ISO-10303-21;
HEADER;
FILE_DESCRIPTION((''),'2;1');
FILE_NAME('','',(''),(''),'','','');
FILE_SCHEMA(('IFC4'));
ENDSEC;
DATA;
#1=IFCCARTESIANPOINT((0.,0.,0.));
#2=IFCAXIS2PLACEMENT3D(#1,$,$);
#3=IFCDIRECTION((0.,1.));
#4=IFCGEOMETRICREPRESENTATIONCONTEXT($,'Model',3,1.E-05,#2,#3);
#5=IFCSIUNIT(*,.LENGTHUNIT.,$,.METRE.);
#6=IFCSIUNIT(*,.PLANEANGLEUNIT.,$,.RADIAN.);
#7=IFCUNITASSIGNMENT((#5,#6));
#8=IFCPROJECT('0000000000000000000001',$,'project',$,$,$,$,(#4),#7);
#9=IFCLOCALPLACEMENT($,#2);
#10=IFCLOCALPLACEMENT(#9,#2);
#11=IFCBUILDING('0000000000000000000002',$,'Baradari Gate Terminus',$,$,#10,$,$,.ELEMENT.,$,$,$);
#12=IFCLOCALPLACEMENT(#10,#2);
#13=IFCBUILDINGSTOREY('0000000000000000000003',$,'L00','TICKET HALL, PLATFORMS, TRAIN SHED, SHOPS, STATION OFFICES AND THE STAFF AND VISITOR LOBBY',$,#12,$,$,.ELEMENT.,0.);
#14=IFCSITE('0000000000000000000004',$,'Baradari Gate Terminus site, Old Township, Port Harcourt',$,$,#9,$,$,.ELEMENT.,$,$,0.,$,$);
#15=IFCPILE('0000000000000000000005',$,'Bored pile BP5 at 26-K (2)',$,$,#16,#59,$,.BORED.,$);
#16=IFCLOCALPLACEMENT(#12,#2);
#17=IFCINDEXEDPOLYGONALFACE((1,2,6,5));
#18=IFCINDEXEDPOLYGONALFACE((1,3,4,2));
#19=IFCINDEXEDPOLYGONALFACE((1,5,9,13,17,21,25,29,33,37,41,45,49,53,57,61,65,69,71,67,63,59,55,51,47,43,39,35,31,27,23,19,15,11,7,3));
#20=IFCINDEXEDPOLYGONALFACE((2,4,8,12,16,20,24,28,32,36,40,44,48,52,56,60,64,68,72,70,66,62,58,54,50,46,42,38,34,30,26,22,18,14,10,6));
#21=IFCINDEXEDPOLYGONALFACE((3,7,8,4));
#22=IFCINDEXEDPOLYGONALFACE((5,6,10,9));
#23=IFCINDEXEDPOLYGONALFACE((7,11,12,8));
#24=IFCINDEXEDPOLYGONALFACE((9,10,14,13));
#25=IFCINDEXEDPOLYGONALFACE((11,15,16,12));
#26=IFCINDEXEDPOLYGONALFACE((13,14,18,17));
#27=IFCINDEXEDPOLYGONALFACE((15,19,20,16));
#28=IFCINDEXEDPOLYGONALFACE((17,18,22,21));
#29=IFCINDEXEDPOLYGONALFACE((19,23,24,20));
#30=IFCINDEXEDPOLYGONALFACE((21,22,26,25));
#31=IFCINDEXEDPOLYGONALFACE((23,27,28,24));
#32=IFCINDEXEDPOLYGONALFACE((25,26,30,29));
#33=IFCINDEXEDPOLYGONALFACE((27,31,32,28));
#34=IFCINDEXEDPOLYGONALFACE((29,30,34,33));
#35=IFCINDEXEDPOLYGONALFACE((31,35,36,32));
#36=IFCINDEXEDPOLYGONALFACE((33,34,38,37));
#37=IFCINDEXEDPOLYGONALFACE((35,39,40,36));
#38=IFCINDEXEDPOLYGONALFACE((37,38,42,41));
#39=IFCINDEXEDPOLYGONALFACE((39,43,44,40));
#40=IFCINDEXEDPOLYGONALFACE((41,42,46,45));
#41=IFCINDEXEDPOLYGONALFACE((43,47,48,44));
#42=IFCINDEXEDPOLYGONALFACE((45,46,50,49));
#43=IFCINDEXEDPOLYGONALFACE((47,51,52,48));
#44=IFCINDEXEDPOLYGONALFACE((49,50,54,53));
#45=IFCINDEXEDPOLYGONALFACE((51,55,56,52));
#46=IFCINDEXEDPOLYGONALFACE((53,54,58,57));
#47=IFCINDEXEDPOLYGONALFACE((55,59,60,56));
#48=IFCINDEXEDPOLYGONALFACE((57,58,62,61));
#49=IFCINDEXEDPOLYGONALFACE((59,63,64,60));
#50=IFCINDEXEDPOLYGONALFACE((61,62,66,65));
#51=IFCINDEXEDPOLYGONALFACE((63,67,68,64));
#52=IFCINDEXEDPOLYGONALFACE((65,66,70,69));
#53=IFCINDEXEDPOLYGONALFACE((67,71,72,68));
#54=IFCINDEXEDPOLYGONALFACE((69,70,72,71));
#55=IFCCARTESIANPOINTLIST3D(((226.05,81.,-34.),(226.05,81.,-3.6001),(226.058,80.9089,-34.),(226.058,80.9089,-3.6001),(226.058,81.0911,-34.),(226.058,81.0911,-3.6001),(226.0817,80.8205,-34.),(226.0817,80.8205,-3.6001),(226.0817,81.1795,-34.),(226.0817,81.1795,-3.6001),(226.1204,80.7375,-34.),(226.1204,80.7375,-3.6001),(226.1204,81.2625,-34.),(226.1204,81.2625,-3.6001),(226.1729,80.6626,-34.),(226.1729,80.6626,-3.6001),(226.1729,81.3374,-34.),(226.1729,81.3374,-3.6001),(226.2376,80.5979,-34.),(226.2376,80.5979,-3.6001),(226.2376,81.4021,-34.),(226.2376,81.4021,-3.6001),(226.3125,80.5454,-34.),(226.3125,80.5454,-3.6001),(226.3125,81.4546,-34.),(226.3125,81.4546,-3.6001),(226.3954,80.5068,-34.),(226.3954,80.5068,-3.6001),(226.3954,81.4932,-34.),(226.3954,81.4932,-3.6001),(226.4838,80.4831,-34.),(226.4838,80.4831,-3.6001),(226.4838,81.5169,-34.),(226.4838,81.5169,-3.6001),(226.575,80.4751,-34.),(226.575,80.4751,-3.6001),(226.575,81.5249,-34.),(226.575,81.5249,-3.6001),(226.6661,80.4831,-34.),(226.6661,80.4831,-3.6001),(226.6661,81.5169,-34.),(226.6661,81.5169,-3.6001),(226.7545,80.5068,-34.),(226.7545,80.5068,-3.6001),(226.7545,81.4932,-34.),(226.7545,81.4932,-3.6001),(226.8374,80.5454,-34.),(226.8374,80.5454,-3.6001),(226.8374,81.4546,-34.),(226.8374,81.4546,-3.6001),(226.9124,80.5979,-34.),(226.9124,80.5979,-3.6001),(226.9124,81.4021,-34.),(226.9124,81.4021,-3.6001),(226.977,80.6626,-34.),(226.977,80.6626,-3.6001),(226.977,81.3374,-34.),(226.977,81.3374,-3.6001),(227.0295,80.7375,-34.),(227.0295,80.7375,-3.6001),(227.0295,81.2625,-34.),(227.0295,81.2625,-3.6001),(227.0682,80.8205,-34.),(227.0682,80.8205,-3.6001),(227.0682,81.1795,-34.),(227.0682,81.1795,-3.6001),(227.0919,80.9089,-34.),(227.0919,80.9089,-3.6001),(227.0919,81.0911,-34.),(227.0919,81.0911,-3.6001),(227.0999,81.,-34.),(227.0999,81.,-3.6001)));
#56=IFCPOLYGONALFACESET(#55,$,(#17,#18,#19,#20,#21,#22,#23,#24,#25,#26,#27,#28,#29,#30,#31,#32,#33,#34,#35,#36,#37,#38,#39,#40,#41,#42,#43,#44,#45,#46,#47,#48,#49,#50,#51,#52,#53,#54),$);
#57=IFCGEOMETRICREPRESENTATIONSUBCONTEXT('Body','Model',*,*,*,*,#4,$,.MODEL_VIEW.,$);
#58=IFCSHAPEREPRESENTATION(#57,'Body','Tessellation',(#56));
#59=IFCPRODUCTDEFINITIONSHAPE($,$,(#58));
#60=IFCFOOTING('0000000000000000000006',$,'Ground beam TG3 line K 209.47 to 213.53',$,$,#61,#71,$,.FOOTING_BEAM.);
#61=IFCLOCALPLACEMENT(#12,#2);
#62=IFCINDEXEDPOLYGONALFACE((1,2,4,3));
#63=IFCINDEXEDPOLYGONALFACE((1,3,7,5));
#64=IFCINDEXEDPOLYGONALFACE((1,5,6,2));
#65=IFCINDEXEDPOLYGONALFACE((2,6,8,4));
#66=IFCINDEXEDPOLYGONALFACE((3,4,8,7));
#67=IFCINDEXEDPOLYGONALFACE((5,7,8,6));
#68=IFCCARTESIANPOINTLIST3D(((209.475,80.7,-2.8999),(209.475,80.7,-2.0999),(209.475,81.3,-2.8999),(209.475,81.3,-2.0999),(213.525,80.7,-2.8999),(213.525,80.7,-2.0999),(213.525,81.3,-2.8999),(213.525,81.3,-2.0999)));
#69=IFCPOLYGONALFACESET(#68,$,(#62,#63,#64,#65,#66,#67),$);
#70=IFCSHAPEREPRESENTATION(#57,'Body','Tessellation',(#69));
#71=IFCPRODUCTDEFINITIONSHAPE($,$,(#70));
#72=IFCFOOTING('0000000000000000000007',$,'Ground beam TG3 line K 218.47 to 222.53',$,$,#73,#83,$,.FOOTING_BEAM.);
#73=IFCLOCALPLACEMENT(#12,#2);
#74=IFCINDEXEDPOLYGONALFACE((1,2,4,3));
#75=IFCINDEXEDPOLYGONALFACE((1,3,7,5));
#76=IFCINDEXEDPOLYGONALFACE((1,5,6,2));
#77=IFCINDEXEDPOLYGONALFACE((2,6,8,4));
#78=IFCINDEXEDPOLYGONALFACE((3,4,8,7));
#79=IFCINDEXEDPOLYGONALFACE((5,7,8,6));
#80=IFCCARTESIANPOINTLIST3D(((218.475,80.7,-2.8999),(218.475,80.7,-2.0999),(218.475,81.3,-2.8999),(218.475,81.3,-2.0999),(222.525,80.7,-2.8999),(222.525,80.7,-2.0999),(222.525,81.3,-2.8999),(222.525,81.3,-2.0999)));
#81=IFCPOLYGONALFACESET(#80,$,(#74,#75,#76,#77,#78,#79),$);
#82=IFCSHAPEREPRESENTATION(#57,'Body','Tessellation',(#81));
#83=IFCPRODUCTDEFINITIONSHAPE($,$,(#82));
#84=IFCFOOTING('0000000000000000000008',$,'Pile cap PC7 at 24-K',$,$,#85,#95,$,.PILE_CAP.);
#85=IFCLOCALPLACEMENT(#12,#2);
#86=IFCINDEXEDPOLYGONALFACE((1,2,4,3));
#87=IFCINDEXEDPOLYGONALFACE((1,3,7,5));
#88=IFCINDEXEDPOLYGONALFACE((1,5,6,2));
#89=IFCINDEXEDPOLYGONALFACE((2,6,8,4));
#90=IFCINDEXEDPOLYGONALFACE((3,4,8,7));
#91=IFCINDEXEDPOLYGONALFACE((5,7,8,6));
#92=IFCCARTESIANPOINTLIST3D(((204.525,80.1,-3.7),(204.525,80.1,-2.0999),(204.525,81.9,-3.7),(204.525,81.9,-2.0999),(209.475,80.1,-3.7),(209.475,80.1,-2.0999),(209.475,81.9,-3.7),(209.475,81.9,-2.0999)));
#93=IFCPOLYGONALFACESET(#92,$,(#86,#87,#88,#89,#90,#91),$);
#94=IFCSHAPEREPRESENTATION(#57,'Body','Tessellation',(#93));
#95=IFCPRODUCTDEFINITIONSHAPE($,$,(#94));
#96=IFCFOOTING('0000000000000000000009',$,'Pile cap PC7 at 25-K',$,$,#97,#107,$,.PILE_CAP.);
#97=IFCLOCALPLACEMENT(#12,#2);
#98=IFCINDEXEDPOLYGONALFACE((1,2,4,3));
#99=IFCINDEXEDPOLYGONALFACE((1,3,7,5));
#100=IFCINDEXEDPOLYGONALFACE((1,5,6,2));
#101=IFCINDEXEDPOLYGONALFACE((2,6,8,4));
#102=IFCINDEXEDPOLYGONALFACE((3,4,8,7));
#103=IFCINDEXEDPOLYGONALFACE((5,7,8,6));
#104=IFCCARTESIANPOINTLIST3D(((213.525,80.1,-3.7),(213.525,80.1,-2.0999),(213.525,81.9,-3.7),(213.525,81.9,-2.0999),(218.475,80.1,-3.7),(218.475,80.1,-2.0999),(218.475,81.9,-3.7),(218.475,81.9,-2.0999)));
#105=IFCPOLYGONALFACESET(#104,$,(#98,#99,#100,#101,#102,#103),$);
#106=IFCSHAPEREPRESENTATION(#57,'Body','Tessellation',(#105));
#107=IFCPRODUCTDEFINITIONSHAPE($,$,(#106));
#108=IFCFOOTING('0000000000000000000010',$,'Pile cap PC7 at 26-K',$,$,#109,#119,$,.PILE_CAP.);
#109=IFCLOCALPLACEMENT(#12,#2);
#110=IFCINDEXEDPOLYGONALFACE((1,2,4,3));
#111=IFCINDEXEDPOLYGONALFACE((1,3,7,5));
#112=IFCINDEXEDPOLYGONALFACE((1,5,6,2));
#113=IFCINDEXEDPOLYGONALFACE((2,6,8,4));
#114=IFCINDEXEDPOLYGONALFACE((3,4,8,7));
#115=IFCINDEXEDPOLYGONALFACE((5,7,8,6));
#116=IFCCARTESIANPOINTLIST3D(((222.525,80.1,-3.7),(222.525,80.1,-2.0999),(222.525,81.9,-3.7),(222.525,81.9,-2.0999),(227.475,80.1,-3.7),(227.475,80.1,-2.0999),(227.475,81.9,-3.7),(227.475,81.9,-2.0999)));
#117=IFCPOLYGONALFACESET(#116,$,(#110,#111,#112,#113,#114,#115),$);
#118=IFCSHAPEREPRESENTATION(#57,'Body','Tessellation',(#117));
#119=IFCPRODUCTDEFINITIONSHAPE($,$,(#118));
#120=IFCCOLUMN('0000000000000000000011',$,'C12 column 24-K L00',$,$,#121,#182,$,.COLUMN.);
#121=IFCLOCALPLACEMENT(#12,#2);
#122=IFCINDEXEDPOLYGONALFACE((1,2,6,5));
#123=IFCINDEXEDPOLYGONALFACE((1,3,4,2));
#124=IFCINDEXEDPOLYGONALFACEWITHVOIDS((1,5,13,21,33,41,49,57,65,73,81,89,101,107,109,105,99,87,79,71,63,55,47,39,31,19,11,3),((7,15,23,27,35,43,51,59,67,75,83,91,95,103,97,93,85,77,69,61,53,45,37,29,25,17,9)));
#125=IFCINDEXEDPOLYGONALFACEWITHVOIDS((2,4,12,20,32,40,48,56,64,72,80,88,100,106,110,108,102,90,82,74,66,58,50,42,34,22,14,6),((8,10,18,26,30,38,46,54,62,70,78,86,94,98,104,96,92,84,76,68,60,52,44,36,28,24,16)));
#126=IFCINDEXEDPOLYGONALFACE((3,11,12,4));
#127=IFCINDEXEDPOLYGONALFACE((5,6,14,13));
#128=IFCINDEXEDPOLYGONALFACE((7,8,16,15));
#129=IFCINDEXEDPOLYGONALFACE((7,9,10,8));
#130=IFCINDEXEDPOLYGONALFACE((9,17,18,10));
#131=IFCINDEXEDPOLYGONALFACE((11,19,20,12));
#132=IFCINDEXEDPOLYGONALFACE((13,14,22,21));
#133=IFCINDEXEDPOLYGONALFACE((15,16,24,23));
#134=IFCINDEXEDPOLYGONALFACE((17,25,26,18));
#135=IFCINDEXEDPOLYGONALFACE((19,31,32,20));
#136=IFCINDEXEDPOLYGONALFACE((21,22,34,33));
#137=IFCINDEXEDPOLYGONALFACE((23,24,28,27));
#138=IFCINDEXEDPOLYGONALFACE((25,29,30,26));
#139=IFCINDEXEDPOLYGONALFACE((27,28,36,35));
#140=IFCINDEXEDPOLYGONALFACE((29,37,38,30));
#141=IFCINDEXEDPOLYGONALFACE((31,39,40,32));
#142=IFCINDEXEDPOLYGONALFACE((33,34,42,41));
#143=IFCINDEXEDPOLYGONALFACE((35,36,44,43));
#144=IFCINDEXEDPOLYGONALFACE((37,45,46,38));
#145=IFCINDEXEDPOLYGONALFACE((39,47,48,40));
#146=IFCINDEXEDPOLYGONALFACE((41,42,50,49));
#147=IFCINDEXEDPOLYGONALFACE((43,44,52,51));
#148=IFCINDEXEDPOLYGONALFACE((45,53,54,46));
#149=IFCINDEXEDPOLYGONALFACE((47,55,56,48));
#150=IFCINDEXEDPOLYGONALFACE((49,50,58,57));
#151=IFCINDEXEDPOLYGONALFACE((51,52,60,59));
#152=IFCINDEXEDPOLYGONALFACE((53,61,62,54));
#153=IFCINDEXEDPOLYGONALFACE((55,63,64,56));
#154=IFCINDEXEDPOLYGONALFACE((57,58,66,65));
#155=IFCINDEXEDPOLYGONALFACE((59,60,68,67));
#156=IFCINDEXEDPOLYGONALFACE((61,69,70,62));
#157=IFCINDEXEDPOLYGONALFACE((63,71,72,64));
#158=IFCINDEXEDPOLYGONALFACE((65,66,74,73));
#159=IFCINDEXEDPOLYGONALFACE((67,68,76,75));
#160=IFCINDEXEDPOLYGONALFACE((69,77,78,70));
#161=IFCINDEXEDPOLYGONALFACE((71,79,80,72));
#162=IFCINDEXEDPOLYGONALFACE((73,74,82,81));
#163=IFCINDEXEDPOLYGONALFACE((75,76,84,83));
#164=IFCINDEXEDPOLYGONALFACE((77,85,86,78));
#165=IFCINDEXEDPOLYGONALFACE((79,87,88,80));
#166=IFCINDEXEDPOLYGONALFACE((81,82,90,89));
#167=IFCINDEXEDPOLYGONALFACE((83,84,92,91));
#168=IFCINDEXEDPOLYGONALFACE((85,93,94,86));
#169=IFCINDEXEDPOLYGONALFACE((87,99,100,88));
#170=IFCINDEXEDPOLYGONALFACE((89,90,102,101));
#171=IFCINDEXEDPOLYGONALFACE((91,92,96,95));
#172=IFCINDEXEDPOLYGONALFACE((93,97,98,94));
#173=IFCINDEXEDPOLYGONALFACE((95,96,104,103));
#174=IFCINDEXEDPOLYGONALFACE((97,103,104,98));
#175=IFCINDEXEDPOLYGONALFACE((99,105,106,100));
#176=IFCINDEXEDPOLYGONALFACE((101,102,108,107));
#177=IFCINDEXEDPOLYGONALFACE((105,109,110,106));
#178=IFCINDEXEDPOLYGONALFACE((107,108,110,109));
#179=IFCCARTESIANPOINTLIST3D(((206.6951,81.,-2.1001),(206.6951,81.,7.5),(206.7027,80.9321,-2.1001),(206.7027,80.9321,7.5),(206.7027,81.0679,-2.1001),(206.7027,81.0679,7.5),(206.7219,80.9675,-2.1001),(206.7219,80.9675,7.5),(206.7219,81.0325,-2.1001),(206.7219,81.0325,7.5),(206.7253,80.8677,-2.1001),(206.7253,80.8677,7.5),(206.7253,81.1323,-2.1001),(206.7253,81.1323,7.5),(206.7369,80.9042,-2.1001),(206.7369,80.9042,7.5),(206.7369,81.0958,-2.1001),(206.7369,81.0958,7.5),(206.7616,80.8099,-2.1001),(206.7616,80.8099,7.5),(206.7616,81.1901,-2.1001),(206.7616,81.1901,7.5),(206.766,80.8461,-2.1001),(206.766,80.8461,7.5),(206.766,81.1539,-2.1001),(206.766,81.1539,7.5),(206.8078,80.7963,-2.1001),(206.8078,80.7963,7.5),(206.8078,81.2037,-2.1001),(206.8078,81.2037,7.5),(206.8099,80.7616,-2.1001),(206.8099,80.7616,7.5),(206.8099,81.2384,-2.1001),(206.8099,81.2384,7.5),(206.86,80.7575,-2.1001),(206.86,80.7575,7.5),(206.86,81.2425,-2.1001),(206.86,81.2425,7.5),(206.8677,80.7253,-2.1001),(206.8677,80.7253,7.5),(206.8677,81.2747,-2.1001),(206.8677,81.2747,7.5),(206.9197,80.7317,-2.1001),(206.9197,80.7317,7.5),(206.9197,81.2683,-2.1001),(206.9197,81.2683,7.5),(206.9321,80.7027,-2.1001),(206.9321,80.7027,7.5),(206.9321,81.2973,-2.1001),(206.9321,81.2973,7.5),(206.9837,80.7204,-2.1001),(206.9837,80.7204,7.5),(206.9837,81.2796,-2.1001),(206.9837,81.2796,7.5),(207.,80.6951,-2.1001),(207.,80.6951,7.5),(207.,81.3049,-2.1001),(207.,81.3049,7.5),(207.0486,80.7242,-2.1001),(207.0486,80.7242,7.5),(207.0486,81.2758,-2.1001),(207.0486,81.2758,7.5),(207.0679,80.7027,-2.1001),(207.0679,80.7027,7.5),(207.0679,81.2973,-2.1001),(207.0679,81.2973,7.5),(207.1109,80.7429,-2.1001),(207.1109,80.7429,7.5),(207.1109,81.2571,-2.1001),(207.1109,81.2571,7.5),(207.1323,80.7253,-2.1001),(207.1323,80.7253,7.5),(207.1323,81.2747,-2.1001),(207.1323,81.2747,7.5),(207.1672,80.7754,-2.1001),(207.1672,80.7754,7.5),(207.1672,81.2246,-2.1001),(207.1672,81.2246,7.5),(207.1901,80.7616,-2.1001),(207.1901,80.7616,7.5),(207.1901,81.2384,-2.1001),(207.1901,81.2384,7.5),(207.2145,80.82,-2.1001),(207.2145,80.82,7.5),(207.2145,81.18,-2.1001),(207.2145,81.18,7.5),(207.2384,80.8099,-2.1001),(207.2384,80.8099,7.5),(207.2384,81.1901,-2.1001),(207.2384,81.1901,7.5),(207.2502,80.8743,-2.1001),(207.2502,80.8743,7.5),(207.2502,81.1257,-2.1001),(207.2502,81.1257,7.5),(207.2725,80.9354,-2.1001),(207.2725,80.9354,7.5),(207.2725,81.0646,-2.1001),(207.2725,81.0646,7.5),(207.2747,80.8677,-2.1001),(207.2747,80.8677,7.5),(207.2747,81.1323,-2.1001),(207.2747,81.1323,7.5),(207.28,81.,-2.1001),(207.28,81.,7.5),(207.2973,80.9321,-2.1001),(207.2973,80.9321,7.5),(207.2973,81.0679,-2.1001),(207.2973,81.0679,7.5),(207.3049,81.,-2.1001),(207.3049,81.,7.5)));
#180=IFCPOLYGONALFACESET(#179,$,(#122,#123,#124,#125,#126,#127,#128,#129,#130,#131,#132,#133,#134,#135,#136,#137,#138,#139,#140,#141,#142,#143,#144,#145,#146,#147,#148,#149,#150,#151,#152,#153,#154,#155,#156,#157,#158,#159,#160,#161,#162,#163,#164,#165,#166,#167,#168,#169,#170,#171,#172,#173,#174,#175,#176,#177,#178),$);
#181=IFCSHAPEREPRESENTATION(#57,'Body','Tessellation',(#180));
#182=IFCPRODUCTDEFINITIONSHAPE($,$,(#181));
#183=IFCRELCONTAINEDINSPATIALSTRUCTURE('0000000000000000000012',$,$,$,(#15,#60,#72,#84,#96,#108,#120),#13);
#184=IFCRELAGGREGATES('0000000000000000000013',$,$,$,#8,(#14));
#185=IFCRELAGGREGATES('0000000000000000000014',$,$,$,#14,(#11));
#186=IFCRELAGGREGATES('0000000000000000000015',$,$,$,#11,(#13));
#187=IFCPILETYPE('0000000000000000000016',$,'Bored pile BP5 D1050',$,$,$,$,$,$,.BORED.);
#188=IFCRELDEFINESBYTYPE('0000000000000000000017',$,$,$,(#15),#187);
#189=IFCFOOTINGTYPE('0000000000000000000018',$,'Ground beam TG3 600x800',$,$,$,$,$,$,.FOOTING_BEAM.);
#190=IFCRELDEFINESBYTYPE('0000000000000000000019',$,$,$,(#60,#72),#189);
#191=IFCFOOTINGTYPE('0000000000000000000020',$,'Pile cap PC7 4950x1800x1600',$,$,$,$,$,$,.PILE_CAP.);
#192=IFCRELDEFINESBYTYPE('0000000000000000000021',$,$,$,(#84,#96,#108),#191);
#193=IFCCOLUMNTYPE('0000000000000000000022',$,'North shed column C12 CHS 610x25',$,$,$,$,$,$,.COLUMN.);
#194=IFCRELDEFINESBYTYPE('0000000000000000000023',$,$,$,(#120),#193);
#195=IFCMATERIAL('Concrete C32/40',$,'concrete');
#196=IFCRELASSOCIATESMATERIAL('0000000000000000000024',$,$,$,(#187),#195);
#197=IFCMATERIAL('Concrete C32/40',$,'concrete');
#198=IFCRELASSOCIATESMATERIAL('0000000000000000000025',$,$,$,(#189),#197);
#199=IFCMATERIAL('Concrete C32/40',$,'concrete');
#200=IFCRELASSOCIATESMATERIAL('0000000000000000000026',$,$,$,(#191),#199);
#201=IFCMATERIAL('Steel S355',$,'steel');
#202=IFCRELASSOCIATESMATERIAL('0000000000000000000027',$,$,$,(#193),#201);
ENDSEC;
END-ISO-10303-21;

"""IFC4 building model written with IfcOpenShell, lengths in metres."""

from ifc_helpers import new_model, si_unit, direction, frame, origin, origin_2d, place, context, subcontext, project, spatial, rectangle, circle, hollow_circle, extrude, material, material_profile, profile_set, type_object, element, save


model = new_model("IFC4")

# Units and contexts
model_context = context("Model", 3, precision=1e-05, world=origin(), true_north=direction((0.0, 1.0)))
body_context = subcontext(model_context, "Body", "Model", "MODEL_VIEW")
ifc_project = project(units=[si_unit("LENGTHUNIT", "METRE"), si_unit("PLANEANGLEUNIT", "RADIAN")], contexts=[model_context])

# Site, building, storey
site_placement = place(None, origin())
site = spatial("IfcSite", under=ifc_project, at=site_placement, Name="Baradari Gate Terminus site, Old Township, Port Harcourt", CompositionType="ELEMENT", RefElevation=0.0)
building_placement = place(site_placement, origin())
building = spatial("IfcBuilding", under=site, at=building_placement, Name="Baradari Gate Terminus", CompositionType="ELEMENT")
storey_placement = place(building_placement, origin())
storey = spatial("IfcBuildingStorey", under=building, at=storey_placement, Name="L00", Description="TICKET HALL, PLATFORMS, TRAIN SHED, SHOPS, STATION OFFICES AND THE STAFF AND VISITOR LOBBY", CompositionType="ELEMENT", Elevation=0.0)

# Pile
ifc_material_1 = material(Name="Concrete C32/40", Category="concrete")
pile_type = type_object("IfcPileType", Name="Bored pile BP5 D1050", PredefinedType="BORED", material=ifc_material_1)
for number, where, z_axis, x_axis, name in (
    (1, (226.575, 81.0, -3.6001), (0.0, 0.0, -1.0), (1.0, 0.0, 0.0), "Bored pile BP5 at 26-K (2)"),
):
    element("IfcPile", number, at=place(storey_placement, frame(where, z_axis=z_axis, x_axis=x_axis)), inside=storey, type_object=pile_type, Name=name, PredefinedType="BORED", context=body_context, shape_type="SweptSolid", body=[
        extrude(circle(Radius=0.5249, at=origin_2d()), origin(), (0.0, 0.0, 1.0), 30.3999),
    ])

# Footings
ifc_material_2 = material(Name="Concrete C32/40", Category="concrete")
footing_type_1 = type_object("IfcFootingType", Name="Ground beam TG3 600x800", PredefinedType="FOOTING_BEAM", material=ifc_material_2)
for number, where, z_axis, x_axis, name in (
    (2, (211.5, 81.0, -2.8999), (0.0, 0.0, 1.0), (1.0, 0.0, 0.0), "Ground beam TG3 line K 209.47 to 213.53"),
    (3, (220.5, 81.0, -2.8999), (0.0, 0.0, 1.0), (1.0, 0.0, 0.0), "Ground beam TG3 line K 218.47 to 222.53"),
):
    element("IfcFooting", number, at=place(storey_placement, frame(where, z_axis=z_axis, x_axis=x_axis)), inside=storey, type_object=footing_type_1, Name=name, PredefinedType="FOOTING_BEAM", context=body_context, shape_type="SweptSolid", body=[
        extrude(rectangle(XDim=4.05, YDim=0.6001, at=origin_2d()), origin(), (0.0, 0.0, 1.0), 0.8),
    ])
ifc_material_3 = material(Name="Concrete C32/40", Category="concrete")
footing_type_2 = type_object("IfcFootingType", Name="Pile cap PC7 4950x1800x1600", PredefinedType="PILE_CAP", material=ifc_material_3)
for number, where, z_axis, x_axis, name in (
    (4, (207.0, 81.0, -3.7), (0.0, 0.0, 1.0), (1.0, 0.0, 0.0), "Pile cap PC7 at 24-K"),
    (5, (216.0, 81.0, -3.7), (0.0, 0.0, 1.0), (1.0, 0.0, 0.0), "Pile cap PC7 at 25-K"),
    (6, (225.0, 81.0, -3.7), (0.0, 0.0, 1.0), (1.0, 0.0, 0.0), "Pile cap PC7 at 26-K"),
):
    element("IfcFooting", number, at=place(storey_placement, frame(where, z_axis=z_axis, x_axis=x_axis)), inside=storey, type_object=footing_type_2, Name=name, PredefinedType="PILE_CAP", context=body_context, shape_type="SweptSolid", body=[
        extrude(rectangle(XDim=4.95, YDim=1.8, at=origin_2d()), origin(), (0.0, 0.0, 1.0), 1.6001),
    ])

# Column
ifc_material_4 = material(Name="Steel S355", Category="steel")
ifc_material_profile = material_profile(ifc_material_4, hollow_circle(Radius=0.3049, WallThickness=0.0249, at=origin_2d()), Name="CHS 610x25")
ifc_profile_set = profile_set([ifc_material_profile], Name="Steel S355")
column_type = type_object("IfcColumnType", Name="North shed column C12 CHS 610x25", PredefinedType="COLUMN", material=ifc_profile_set)
for number, where, z_axis, x_axis, name in (
    (7, (207.0, 81.0, -2.1001), (0.0, 0.0, 1.0), (1.0, 0.0, 0.0), "C12 column 24-K L00"),
):
    element("IfcColumn", number, at=place(storey_placement, frame(where, z_axis=z_axis, x_axis=x_axis)), inside=storey, type_object=column_type, Name=name, PredefinedType="COLUMN", context=body_context, shape_type="SweptSolid", body=[
        extrude(hollow_circle(Radius=0.3049, WallThickness=0.0249, at=origin_2d()), origin(), (0.0, 0.0, 1.0), 9.6001),
    ])

save(model, "model.ifc")
